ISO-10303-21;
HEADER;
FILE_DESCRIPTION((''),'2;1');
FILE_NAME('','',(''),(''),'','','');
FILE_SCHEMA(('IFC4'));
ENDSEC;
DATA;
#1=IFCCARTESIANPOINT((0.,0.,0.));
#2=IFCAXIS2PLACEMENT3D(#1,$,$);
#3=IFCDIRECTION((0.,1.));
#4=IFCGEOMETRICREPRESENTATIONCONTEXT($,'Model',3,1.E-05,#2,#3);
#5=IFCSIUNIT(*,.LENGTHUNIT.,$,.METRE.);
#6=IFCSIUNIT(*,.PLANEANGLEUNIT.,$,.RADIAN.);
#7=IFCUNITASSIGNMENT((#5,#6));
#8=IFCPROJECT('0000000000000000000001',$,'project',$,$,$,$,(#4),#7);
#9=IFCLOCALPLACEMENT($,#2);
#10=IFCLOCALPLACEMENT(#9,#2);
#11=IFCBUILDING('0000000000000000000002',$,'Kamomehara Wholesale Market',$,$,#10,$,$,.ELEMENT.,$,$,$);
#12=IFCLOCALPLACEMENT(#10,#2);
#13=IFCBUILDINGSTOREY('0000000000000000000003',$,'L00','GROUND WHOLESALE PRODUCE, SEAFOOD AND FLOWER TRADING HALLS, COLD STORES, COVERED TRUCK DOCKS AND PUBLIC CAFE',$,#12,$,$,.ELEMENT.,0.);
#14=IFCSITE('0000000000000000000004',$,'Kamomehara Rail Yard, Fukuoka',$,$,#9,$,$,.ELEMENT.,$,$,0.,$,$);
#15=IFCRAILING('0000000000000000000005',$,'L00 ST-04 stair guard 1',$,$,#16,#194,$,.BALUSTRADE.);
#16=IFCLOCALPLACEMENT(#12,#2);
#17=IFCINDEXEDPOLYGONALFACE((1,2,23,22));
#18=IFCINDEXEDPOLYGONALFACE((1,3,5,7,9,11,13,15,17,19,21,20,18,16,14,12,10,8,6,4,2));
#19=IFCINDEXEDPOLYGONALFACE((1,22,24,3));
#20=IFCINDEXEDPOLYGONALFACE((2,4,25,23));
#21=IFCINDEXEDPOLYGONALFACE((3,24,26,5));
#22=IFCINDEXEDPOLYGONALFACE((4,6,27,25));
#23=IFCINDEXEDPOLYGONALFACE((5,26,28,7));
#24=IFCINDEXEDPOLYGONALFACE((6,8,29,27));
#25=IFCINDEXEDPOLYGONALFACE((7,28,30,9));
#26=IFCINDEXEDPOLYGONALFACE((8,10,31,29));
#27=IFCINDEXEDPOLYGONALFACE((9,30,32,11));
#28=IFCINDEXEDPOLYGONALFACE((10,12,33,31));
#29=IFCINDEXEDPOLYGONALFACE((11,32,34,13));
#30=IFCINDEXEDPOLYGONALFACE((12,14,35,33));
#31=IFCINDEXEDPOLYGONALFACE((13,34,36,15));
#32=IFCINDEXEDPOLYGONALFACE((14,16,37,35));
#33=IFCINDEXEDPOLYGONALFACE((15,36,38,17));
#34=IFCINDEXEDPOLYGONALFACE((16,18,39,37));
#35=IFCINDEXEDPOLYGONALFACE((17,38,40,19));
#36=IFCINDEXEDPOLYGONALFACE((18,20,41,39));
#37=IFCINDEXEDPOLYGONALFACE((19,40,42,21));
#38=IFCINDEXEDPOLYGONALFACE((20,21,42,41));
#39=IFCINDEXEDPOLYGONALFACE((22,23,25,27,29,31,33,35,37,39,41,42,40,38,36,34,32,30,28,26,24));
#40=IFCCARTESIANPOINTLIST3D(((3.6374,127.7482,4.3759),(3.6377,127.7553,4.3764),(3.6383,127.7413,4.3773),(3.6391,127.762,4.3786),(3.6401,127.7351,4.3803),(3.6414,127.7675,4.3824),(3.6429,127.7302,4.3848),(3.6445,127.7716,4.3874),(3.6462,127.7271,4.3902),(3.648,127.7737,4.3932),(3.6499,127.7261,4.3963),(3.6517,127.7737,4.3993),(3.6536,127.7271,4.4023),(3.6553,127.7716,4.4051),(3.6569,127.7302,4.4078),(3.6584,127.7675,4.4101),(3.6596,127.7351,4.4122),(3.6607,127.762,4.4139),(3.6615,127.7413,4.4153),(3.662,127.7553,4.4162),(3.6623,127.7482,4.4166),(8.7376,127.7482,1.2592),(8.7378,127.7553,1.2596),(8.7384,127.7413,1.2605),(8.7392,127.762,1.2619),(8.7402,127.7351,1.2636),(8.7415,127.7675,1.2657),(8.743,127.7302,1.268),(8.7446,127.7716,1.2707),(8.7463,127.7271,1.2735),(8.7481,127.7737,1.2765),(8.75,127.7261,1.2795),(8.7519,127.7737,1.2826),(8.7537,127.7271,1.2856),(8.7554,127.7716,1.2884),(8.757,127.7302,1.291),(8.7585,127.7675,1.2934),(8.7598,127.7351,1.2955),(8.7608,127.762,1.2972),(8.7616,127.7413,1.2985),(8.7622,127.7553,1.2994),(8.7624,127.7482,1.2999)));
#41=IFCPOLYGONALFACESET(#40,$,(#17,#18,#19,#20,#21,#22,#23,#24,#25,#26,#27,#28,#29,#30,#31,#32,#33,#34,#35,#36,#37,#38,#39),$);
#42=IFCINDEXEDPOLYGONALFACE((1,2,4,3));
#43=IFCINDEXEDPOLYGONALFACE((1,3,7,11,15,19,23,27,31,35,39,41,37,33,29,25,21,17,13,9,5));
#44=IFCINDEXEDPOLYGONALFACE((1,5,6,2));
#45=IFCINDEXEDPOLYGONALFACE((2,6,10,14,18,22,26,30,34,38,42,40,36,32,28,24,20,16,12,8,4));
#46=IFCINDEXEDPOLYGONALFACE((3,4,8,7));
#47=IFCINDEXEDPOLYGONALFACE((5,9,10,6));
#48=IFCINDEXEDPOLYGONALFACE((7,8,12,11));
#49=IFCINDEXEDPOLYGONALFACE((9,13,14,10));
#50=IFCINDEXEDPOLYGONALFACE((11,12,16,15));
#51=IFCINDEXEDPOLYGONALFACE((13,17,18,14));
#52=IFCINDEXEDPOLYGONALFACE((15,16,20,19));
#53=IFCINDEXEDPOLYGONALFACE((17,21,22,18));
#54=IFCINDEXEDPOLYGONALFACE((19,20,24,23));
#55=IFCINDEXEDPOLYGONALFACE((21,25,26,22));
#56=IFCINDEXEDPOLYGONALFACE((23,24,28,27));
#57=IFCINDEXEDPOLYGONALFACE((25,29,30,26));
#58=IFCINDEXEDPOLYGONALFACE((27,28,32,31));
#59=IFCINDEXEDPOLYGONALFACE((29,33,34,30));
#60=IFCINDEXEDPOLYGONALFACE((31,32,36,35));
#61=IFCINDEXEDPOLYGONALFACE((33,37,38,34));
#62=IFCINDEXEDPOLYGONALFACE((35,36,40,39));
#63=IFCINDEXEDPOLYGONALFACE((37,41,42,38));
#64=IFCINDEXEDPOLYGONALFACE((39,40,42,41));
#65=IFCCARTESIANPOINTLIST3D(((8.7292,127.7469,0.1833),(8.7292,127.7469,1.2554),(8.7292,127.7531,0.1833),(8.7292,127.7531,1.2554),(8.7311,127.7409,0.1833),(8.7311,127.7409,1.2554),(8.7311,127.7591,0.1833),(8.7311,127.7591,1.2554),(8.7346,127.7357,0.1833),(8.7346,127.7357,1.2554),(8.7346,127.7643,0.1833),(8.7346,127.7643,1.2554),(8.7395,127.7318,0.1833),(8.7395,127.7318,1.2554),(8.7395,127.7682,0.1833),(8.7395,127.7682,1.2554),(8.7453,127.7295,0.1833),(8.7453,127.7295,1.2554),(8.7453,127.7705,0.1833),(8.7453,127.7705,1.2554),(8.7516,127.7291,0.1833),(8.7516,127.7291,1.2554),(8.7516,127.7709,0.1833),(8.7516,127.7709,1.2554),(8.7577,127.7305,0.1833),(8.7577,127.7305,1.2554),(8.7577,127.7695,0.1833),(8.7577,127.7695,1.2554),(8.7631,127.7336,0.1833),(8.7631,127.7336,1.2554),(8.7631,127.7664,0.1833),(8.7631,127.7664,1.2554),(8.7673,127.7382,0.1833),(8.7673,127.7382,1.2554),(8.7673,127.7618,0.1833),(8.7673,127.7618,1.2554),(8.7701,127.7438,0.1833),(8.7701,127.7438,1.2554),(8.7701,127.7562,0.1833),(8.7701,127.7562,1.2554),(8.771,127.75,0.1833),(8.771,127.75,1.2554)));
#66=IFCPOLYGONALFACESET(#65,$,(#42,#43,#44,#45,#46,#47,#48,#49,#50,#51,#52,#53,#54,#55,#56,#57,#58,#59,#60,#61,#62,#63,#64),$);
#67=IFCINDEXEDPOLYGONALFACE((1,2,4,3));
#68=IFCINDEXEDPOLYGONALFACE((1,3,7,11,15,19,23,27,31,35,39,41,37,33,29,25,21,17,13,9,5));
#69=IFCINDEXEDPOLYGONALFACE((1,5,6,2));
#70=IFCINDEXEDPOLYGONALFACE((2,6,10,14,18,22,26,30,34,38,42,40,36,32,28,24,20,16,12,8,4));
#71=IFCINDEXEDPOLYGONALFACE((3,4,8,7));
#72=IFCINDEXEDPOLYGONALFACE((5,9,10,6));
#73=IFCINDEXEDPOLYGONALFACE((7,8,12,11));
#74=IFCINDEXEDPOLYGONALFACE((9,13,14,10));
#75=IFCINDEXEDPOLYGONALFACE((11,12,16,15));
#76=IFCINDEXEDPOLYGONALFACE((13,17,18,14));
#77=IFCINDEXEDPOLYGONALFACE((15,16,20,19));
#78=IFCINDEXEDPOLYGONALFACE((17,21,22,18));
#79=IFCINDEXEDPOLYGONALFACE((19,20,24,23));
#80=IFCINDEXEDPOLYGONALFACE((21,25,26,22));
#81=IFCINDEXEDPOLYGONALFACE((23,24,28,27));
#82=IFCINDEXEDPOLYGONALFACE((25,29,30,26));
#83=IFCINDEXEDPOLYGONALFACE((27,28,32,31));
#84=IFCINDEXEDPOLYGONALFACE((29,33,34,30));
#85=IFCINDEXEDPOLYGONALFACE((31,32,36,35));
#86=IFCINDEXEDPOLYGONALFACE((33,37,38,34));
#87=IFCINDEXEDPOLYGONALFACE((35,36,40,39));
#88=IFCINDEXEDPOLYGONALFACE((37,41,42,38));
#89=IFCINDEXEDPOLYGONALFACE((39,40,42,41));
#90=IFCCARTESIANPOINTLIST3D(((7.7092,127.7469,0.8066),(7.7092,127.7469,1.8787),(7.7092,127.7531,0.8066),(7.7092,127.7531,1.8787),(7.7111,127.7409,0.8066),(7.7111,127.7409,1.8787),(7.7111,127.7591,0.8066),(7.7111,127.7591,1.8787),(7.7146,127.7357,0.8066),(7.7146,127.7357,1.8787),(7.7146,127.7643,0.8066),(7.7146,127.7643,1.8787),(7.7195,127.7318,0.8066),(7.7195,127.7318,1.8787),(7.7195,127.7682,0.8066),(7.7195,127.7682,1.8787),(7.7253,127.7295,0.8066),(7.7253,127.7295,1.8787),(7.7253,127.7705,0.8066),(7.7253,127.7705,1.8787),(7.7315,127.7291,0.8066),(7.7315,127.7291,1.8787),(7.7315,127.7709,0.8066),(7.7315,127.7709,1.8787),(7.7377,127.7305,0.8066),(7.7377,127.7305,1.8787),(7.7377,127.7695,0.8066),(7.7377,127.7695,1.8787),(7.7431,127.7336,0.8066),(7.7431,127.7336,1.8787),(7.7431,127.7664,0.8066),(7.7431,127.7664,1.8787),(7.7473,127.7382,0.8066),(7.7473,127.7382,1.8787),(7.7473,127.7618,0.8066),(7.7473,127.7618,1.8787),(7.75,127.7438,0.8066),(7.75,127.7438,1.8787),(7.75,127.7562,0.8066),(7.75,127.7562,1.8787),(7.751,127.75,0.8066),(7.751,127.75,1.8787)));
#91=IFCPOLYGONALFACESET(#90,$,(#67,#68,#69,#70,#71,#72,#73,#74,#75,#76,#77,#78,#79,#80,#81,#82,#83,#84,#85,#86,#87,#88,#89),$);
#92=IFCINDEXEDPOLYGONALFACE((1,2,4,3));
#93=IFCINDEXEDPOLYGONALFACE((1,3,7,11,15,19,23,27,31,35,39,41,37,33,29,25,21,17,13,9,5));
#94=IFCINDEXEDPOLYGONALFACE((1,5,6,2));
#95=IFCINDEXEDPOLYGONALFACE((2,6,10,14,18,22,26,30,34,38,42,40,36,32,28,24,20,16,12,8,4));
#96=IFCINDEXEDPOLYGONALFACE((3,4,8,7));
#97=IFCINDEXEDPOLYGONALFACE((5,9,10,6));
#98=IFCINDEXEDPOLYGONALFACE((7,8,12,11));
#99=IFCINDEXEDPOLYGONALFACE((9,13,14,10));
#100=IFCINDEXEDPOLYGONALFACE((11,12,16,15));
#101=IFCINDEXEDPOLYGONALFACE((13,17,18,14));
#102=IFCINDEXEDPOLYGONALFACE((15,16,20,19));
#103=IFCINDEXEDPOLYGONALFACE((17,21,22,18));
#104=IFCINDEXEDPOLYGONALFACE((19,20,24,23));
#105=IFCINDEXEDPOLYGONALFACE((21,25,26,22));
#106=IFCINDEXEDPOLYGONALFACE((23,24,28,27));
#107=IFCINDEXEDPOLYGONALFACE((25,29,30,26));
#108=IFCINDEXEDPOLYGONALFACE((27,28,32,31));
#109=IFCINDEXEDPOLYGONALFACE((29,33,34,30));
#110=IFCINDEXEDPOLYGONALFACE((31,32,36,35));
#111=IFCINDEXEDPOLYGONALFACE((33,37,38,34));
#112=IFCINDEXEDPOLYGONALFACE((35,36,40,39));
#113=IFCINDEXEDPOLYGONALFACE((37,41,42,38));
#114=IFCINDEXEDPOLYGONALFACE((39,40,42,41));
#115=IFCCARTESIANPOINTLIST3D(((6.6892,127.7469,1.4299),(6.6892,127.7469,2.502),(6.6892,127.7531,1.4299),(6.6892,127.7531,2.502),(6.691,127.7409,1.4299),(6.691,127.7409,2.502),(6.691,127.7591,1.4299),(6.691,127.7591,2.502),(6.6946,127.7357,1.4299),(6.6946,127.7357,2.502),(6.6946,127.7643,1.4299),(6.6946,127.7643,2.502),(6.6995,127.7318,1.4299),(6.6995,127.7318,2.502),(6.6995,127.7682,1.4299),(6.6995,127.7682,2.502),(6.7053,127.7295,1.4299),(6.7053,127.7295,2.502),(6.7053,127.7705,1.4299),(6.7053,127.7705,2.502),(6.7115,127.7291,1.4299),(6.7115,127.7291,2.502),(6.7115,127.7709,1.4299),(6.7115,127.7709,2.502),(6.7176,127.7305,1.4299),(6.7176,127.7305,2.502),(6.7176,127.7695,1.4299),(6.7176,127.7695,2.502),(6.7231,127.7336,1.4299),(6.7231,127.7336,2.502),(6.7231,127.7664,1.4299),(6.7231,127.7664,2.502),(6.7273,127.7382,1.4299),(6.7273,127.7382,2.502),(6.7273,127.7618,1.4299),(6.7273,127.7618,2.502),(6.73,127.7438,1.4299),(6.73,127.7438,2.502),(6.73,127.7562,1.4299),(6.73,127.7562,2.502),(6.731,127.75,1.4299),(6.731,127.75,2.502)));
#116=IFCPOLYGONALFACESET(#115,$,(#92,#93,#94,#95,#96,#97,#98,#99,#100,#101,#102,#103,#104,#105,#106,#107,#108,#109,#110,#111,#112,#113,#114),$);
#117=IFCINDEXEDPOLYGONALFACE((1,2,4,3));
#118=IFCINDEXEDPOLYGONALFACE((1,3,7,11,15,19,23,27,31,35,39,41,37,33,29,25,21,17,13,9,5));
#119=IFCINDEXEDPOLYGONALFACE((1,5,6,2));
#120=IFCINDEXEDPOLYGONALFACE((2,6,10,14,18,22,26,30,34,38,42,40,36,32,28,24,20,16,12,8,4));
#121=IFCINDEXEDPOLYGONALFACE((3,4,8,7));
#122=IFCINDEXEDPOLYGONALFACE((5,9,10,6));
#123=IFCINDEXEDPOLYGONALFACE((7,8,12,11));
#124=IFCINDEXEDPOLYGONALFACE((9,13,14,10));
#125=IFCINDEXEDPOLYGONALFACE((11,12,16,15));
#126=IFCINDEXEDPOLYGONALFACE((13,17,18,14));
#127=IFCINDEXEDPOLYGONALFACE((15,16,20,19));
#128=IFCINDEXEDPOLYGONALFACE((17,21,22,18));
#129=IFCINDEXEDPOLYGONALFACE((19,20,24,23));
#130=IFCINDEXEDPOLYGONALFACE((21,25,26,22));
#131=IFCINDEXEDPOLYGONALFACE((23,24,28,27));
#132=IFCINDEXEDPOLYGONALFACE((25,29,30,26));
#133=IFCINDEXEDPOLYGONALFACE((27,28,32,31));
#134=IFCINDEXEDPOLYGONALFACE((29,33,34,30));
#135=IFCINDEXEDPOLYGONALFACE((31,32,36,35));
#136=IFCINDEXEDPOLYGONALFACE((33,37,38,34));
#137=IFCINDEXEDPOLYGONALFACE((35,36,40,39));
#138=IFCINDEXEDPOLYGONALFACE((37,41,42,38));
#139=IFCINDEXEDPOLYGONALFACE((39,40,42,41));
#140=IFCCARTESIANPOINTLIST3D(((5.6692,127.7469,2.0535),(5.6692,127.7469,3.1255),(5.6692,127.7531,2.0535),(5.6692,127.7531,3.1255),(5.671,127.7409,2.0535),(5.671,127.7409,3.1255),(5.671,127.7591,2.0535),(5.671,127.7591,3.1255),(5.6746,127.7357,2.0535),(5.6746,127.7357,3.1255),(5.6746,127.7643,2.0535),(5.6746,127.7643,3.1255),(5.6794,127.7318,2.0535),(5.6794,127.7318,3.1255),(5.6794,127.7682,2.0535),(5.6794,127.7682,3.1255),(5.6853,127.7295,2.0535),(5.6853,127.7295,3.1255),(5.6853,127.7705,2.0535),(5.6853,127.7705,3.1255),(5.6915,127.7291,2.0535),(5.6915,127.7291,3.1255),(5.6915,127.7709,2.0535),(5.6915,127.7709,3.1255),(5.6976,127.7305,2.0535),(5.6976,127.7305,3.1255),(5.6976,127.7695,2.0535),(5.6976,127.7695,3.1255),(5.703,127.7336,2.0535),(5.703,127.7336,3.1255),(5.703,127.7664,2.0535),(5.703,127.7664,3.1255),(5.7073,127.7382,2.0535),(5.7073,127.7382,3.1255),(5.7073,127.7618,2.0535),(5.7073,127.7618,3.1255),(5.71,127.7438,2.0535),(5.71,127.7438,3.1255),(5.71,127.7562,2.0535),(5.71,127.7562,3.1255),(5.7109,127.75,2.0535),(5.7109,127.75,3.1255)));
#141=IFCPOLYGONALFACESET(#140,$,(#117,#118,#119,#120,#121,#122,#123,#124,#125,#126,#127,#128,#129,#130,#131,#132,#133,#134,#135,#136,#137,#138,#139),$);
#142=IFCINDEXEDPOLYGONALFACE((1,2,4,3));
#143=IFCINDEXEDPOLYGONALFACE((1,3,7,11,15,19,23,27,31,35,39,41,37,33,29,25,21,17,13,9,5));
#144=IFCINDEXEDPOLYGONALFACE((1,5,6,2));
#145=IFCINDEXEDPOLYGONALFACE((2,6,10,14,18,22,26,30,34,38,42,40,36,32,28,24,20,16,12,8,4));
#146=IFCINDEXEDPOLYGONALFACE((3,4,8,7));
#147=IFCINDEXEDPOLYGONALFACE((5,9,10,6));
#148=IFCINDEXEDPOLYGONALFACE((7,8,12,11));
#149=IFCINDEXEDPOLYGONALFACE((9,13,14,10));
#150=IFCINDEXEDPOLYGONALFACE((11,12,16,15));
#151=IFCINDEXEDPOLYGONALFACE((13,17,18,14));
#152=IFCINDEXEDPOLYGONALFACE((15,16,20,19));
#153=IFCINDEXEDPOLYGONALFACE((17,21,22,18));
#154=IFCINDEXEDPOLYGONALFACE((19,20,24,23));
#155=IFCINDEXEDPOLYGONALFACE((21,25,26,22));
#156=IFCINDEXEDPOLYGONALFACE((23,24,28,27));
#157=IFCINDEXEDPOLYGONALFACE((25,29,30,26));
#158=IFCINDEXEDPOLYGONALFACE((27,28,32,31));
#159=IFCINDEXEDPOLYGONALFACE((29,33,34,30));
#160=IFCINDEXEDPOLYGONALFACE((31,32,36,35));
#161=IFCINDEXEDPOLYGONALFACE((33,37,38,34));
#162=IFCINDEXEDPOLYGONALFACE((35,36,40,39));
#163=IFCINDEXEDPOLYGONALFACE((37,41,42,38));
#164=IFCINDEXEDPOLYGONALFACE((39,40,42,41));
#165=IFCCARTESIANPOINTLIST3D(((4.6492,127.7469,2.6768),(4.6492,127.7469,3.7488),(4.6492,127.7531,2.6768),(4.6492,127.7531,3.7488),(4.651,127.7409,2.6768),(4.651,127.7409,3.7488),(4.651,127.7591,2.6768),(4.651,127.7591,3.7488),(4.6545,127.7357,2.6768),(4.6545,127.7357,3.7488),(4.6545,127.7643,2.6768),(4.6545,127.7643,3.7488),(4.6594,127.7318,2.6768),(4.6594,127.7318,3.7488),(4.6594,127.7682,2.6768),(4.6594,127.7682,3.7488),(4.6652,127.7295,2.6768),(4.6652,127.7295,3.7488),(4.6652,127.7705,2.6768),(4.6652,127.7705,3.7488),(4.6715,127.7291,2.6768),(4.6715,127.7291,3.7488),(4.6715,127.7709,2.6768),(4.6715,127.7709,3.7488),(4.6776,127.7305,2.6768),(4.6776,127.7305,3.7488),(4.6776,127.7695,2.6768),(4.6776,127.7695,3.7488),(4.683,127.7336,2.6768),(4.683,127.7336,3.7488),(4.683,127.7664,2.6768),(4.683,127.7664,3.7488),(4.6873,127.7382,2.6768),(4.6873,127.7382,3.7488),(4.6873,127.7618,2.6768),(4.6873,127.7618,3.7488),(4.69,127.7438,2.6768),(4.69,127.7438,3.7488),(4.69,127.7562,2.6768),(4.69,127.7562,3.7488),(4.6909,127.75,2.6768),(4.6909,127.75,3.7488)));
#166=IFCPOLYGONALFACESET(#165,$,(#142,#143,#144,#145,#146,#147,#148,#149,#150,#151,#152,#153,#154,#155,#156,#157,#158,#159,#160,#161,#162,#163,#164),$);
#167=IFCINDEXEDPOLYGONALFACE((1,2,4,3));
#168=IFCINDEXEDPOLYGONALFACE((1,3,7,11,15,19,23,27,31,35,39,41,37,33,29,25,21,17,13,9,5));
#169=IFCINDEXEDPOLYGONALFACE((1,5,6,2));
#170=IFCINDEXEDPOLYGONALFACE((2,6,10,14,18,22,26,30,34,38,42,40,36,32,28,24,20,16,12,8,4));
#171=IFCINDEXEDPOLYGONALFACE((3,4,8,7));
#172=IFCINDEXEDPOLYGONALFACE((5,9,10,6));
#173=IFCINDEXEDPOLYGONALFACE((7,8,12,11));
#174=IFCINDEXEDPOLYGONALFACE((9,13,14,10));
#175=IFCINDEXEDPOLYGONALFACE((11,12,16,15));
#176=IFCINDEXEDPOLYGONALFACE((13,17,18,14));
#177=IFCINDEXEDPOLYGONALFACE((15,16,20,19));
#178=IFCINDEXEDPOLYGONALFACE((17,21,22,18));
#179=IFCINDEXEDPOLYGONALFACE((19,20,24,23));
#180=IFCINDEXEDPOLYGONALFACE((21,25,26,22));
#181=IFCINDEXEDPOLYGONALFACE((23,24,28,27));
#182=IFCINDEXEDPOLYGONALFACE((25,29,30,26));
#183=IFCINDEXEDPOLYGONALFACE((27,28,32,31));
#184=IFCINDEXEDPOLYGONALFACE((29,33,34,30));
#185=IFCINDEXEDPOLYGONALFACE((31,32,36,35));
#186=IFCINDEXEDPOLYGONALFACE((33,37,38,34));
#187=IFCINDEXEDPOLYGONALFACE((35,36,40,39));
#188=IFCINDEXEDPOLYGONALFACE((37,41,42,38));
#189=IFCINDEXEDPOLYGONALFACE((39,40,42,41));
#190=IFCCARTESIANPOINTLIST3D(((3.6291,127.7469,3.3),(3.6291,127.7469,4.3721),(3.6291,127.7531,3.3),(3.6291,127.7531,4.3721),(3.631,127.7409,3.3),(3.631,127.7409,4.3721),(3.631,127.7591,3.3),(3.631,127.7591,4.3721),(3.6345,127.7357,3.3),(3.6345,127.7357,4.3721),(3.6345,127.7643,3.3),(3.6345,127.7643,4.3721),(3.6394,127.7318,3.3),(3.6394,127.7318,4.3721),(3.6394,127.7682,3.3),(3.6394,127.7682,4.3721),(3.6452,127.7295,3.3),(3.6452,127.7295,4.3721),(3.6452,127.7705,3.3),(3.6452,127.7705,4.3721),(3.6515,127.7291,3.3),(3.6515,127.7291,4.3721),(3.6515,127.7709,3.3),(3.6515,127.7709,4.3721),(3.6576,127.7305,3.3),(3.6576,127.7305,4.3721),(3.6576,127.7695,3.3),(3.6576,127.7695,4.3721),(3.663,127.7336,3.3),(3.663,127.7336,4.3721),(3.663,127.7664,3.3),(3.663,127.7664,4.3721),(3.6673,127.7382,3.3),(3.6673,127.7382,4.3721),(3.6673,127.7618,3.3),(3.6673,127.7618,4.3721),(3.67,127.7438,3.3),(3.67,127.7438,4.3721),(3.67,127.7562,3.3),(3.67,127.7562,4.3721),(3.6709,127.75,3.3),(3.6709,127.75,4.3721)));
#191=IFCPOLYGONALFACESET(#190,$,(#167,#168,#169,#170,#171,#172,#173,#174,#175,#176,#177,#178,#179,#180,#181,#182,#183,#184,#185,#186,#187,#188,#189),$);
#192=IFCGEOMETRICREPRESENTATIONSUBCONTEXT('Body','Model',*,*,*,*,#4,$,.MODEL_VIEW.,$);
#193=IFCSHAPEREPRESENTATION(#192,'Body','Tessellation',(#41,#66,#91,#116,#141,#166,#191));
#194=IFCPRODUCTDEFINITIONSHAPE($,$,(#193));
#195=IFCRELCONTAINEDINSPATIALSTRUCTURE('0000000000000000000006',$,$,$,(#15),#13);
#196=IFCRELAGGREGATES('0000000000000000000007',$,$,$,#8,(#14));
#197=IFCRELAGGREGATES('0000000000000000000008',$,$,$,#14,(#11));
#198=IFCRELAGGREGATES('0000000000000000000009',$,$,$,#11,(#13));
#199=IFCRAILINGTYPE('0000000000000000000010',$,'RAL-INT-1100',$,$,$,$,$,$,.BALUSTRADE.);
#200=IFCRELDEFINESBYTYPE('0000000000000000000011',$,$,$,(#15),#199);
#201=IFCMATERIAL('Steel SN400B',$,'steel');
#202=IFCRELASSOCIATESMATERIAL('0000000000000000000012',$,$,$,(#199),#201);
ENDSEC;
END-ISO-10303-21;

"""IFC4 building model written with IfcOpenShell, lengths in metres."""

from ifc_helpers import new_model, si_unit, direction, frame, origin, origin_2d, place, context, subcontext, project, spatial, circle, extrude, material, type_object, element, save


model = new_model("IFC4")

# Units and contexts
model_context = context("Model", 3, precision=1e-05, world=origin(), true_north=direction((0.0, 1.0)))
body_context = subcontext(model_context, "Body", "Model", "MODEL_VIEW")
ifc_project = project(units=[si_unit("LENGTHUNIT", "METRE"), si_unit("PLANEANGLEUNIT", "RADIAN")], contexts=[model_context])

# Site, building, storey
site_placement = place(None, origin())
site = spatial("IfcSite", under=ifc_project, at=site_placement, Name="Kamomehara Rail Yard, Fukuoka", CompositionType="ELEMENT", RefElevation=0.0)
building_placement = place(site_placement, origin())
building = spatial("IfcBuilding", under=site, at=building_placement, Name="Kamomehara Wholesale Market", CompositionType="ELEMENT")
storey_placement = place(building_placement, origin())
storey = spatial("IfcBuildingStorey", under=building, at=storey_placement, Name="L00", Description="GROUND WHOLESALE PRODUCE, SEAFOOD AND FLOWER TRADING HALLS, COLD STORES, COVERED TRUCK DOCKS AND PUBLIC CAFE", CompositionType="ELEMENT", Elevation=0.0)

# Railing
ifc_material_1 = material(Name="Steel SN400B", Category="steel")
railing_type_1 = type_object("IfcRailingType", Name="RAL-INT-1100", PredefinedType="BALUSTRADE", material=ifc_material_1)
railing_1_placement = place(storey_placement, frame((8.75, 127.75, 0.1833)))
element("IfcRailing", 1, at=railing_1_placement, inside=storey, type_object=railing_type_1, Name="L00 ST-04 stair guard 1", PredefinedType="BALUSTRADE", context=body_context, shape_type="SweptSolid", body=[
    extrude(circle(Radius=0.0239, at=origin_2d()), frame((0.0, 0.0, 1.0962), z_axis=(-0.853284, 0.0, 0.521447), x_axis=(0.0, -1.0, 0.0)), (0.0, 0.0, 1.0), 5.9771),
    extrude(circle(Radius=0.021, at=origin_2d()), origin(), (0.0, 0.0, 1.0), 1.072),
    extrude(circle(Radius=0.021, at=origin_2d()), frame((-1.02, 0.0, 0.6233)), (0.0, 0.0, 1.0), 1.072),
    extrude(circle(Radius=0.021, at=origin_2d()), frame((-2.04, 0.0, 1.2466)), (0.0, 0.0, 1.0), 1.072),
    extrude(circle(Radius=0.021, at=origin_2d()), frame((-3.0601, 0.0, 1.8701)), (0.0, 0.0, 1.0), 1.072),
    extrude(circle(Radius=0.021, at=origin_2d()), frame((-4.0801, 0.0, 2.4934)), (0.0, 0.0, 1.0), 1.072),
    extrude(circle(Radius=0.021, at=origin_2d()), frame((-5.1001, 0.0, 3.1167)), (0.0, 0.0, 1.0), 1.072),
])

save(model, "model.ifc")
